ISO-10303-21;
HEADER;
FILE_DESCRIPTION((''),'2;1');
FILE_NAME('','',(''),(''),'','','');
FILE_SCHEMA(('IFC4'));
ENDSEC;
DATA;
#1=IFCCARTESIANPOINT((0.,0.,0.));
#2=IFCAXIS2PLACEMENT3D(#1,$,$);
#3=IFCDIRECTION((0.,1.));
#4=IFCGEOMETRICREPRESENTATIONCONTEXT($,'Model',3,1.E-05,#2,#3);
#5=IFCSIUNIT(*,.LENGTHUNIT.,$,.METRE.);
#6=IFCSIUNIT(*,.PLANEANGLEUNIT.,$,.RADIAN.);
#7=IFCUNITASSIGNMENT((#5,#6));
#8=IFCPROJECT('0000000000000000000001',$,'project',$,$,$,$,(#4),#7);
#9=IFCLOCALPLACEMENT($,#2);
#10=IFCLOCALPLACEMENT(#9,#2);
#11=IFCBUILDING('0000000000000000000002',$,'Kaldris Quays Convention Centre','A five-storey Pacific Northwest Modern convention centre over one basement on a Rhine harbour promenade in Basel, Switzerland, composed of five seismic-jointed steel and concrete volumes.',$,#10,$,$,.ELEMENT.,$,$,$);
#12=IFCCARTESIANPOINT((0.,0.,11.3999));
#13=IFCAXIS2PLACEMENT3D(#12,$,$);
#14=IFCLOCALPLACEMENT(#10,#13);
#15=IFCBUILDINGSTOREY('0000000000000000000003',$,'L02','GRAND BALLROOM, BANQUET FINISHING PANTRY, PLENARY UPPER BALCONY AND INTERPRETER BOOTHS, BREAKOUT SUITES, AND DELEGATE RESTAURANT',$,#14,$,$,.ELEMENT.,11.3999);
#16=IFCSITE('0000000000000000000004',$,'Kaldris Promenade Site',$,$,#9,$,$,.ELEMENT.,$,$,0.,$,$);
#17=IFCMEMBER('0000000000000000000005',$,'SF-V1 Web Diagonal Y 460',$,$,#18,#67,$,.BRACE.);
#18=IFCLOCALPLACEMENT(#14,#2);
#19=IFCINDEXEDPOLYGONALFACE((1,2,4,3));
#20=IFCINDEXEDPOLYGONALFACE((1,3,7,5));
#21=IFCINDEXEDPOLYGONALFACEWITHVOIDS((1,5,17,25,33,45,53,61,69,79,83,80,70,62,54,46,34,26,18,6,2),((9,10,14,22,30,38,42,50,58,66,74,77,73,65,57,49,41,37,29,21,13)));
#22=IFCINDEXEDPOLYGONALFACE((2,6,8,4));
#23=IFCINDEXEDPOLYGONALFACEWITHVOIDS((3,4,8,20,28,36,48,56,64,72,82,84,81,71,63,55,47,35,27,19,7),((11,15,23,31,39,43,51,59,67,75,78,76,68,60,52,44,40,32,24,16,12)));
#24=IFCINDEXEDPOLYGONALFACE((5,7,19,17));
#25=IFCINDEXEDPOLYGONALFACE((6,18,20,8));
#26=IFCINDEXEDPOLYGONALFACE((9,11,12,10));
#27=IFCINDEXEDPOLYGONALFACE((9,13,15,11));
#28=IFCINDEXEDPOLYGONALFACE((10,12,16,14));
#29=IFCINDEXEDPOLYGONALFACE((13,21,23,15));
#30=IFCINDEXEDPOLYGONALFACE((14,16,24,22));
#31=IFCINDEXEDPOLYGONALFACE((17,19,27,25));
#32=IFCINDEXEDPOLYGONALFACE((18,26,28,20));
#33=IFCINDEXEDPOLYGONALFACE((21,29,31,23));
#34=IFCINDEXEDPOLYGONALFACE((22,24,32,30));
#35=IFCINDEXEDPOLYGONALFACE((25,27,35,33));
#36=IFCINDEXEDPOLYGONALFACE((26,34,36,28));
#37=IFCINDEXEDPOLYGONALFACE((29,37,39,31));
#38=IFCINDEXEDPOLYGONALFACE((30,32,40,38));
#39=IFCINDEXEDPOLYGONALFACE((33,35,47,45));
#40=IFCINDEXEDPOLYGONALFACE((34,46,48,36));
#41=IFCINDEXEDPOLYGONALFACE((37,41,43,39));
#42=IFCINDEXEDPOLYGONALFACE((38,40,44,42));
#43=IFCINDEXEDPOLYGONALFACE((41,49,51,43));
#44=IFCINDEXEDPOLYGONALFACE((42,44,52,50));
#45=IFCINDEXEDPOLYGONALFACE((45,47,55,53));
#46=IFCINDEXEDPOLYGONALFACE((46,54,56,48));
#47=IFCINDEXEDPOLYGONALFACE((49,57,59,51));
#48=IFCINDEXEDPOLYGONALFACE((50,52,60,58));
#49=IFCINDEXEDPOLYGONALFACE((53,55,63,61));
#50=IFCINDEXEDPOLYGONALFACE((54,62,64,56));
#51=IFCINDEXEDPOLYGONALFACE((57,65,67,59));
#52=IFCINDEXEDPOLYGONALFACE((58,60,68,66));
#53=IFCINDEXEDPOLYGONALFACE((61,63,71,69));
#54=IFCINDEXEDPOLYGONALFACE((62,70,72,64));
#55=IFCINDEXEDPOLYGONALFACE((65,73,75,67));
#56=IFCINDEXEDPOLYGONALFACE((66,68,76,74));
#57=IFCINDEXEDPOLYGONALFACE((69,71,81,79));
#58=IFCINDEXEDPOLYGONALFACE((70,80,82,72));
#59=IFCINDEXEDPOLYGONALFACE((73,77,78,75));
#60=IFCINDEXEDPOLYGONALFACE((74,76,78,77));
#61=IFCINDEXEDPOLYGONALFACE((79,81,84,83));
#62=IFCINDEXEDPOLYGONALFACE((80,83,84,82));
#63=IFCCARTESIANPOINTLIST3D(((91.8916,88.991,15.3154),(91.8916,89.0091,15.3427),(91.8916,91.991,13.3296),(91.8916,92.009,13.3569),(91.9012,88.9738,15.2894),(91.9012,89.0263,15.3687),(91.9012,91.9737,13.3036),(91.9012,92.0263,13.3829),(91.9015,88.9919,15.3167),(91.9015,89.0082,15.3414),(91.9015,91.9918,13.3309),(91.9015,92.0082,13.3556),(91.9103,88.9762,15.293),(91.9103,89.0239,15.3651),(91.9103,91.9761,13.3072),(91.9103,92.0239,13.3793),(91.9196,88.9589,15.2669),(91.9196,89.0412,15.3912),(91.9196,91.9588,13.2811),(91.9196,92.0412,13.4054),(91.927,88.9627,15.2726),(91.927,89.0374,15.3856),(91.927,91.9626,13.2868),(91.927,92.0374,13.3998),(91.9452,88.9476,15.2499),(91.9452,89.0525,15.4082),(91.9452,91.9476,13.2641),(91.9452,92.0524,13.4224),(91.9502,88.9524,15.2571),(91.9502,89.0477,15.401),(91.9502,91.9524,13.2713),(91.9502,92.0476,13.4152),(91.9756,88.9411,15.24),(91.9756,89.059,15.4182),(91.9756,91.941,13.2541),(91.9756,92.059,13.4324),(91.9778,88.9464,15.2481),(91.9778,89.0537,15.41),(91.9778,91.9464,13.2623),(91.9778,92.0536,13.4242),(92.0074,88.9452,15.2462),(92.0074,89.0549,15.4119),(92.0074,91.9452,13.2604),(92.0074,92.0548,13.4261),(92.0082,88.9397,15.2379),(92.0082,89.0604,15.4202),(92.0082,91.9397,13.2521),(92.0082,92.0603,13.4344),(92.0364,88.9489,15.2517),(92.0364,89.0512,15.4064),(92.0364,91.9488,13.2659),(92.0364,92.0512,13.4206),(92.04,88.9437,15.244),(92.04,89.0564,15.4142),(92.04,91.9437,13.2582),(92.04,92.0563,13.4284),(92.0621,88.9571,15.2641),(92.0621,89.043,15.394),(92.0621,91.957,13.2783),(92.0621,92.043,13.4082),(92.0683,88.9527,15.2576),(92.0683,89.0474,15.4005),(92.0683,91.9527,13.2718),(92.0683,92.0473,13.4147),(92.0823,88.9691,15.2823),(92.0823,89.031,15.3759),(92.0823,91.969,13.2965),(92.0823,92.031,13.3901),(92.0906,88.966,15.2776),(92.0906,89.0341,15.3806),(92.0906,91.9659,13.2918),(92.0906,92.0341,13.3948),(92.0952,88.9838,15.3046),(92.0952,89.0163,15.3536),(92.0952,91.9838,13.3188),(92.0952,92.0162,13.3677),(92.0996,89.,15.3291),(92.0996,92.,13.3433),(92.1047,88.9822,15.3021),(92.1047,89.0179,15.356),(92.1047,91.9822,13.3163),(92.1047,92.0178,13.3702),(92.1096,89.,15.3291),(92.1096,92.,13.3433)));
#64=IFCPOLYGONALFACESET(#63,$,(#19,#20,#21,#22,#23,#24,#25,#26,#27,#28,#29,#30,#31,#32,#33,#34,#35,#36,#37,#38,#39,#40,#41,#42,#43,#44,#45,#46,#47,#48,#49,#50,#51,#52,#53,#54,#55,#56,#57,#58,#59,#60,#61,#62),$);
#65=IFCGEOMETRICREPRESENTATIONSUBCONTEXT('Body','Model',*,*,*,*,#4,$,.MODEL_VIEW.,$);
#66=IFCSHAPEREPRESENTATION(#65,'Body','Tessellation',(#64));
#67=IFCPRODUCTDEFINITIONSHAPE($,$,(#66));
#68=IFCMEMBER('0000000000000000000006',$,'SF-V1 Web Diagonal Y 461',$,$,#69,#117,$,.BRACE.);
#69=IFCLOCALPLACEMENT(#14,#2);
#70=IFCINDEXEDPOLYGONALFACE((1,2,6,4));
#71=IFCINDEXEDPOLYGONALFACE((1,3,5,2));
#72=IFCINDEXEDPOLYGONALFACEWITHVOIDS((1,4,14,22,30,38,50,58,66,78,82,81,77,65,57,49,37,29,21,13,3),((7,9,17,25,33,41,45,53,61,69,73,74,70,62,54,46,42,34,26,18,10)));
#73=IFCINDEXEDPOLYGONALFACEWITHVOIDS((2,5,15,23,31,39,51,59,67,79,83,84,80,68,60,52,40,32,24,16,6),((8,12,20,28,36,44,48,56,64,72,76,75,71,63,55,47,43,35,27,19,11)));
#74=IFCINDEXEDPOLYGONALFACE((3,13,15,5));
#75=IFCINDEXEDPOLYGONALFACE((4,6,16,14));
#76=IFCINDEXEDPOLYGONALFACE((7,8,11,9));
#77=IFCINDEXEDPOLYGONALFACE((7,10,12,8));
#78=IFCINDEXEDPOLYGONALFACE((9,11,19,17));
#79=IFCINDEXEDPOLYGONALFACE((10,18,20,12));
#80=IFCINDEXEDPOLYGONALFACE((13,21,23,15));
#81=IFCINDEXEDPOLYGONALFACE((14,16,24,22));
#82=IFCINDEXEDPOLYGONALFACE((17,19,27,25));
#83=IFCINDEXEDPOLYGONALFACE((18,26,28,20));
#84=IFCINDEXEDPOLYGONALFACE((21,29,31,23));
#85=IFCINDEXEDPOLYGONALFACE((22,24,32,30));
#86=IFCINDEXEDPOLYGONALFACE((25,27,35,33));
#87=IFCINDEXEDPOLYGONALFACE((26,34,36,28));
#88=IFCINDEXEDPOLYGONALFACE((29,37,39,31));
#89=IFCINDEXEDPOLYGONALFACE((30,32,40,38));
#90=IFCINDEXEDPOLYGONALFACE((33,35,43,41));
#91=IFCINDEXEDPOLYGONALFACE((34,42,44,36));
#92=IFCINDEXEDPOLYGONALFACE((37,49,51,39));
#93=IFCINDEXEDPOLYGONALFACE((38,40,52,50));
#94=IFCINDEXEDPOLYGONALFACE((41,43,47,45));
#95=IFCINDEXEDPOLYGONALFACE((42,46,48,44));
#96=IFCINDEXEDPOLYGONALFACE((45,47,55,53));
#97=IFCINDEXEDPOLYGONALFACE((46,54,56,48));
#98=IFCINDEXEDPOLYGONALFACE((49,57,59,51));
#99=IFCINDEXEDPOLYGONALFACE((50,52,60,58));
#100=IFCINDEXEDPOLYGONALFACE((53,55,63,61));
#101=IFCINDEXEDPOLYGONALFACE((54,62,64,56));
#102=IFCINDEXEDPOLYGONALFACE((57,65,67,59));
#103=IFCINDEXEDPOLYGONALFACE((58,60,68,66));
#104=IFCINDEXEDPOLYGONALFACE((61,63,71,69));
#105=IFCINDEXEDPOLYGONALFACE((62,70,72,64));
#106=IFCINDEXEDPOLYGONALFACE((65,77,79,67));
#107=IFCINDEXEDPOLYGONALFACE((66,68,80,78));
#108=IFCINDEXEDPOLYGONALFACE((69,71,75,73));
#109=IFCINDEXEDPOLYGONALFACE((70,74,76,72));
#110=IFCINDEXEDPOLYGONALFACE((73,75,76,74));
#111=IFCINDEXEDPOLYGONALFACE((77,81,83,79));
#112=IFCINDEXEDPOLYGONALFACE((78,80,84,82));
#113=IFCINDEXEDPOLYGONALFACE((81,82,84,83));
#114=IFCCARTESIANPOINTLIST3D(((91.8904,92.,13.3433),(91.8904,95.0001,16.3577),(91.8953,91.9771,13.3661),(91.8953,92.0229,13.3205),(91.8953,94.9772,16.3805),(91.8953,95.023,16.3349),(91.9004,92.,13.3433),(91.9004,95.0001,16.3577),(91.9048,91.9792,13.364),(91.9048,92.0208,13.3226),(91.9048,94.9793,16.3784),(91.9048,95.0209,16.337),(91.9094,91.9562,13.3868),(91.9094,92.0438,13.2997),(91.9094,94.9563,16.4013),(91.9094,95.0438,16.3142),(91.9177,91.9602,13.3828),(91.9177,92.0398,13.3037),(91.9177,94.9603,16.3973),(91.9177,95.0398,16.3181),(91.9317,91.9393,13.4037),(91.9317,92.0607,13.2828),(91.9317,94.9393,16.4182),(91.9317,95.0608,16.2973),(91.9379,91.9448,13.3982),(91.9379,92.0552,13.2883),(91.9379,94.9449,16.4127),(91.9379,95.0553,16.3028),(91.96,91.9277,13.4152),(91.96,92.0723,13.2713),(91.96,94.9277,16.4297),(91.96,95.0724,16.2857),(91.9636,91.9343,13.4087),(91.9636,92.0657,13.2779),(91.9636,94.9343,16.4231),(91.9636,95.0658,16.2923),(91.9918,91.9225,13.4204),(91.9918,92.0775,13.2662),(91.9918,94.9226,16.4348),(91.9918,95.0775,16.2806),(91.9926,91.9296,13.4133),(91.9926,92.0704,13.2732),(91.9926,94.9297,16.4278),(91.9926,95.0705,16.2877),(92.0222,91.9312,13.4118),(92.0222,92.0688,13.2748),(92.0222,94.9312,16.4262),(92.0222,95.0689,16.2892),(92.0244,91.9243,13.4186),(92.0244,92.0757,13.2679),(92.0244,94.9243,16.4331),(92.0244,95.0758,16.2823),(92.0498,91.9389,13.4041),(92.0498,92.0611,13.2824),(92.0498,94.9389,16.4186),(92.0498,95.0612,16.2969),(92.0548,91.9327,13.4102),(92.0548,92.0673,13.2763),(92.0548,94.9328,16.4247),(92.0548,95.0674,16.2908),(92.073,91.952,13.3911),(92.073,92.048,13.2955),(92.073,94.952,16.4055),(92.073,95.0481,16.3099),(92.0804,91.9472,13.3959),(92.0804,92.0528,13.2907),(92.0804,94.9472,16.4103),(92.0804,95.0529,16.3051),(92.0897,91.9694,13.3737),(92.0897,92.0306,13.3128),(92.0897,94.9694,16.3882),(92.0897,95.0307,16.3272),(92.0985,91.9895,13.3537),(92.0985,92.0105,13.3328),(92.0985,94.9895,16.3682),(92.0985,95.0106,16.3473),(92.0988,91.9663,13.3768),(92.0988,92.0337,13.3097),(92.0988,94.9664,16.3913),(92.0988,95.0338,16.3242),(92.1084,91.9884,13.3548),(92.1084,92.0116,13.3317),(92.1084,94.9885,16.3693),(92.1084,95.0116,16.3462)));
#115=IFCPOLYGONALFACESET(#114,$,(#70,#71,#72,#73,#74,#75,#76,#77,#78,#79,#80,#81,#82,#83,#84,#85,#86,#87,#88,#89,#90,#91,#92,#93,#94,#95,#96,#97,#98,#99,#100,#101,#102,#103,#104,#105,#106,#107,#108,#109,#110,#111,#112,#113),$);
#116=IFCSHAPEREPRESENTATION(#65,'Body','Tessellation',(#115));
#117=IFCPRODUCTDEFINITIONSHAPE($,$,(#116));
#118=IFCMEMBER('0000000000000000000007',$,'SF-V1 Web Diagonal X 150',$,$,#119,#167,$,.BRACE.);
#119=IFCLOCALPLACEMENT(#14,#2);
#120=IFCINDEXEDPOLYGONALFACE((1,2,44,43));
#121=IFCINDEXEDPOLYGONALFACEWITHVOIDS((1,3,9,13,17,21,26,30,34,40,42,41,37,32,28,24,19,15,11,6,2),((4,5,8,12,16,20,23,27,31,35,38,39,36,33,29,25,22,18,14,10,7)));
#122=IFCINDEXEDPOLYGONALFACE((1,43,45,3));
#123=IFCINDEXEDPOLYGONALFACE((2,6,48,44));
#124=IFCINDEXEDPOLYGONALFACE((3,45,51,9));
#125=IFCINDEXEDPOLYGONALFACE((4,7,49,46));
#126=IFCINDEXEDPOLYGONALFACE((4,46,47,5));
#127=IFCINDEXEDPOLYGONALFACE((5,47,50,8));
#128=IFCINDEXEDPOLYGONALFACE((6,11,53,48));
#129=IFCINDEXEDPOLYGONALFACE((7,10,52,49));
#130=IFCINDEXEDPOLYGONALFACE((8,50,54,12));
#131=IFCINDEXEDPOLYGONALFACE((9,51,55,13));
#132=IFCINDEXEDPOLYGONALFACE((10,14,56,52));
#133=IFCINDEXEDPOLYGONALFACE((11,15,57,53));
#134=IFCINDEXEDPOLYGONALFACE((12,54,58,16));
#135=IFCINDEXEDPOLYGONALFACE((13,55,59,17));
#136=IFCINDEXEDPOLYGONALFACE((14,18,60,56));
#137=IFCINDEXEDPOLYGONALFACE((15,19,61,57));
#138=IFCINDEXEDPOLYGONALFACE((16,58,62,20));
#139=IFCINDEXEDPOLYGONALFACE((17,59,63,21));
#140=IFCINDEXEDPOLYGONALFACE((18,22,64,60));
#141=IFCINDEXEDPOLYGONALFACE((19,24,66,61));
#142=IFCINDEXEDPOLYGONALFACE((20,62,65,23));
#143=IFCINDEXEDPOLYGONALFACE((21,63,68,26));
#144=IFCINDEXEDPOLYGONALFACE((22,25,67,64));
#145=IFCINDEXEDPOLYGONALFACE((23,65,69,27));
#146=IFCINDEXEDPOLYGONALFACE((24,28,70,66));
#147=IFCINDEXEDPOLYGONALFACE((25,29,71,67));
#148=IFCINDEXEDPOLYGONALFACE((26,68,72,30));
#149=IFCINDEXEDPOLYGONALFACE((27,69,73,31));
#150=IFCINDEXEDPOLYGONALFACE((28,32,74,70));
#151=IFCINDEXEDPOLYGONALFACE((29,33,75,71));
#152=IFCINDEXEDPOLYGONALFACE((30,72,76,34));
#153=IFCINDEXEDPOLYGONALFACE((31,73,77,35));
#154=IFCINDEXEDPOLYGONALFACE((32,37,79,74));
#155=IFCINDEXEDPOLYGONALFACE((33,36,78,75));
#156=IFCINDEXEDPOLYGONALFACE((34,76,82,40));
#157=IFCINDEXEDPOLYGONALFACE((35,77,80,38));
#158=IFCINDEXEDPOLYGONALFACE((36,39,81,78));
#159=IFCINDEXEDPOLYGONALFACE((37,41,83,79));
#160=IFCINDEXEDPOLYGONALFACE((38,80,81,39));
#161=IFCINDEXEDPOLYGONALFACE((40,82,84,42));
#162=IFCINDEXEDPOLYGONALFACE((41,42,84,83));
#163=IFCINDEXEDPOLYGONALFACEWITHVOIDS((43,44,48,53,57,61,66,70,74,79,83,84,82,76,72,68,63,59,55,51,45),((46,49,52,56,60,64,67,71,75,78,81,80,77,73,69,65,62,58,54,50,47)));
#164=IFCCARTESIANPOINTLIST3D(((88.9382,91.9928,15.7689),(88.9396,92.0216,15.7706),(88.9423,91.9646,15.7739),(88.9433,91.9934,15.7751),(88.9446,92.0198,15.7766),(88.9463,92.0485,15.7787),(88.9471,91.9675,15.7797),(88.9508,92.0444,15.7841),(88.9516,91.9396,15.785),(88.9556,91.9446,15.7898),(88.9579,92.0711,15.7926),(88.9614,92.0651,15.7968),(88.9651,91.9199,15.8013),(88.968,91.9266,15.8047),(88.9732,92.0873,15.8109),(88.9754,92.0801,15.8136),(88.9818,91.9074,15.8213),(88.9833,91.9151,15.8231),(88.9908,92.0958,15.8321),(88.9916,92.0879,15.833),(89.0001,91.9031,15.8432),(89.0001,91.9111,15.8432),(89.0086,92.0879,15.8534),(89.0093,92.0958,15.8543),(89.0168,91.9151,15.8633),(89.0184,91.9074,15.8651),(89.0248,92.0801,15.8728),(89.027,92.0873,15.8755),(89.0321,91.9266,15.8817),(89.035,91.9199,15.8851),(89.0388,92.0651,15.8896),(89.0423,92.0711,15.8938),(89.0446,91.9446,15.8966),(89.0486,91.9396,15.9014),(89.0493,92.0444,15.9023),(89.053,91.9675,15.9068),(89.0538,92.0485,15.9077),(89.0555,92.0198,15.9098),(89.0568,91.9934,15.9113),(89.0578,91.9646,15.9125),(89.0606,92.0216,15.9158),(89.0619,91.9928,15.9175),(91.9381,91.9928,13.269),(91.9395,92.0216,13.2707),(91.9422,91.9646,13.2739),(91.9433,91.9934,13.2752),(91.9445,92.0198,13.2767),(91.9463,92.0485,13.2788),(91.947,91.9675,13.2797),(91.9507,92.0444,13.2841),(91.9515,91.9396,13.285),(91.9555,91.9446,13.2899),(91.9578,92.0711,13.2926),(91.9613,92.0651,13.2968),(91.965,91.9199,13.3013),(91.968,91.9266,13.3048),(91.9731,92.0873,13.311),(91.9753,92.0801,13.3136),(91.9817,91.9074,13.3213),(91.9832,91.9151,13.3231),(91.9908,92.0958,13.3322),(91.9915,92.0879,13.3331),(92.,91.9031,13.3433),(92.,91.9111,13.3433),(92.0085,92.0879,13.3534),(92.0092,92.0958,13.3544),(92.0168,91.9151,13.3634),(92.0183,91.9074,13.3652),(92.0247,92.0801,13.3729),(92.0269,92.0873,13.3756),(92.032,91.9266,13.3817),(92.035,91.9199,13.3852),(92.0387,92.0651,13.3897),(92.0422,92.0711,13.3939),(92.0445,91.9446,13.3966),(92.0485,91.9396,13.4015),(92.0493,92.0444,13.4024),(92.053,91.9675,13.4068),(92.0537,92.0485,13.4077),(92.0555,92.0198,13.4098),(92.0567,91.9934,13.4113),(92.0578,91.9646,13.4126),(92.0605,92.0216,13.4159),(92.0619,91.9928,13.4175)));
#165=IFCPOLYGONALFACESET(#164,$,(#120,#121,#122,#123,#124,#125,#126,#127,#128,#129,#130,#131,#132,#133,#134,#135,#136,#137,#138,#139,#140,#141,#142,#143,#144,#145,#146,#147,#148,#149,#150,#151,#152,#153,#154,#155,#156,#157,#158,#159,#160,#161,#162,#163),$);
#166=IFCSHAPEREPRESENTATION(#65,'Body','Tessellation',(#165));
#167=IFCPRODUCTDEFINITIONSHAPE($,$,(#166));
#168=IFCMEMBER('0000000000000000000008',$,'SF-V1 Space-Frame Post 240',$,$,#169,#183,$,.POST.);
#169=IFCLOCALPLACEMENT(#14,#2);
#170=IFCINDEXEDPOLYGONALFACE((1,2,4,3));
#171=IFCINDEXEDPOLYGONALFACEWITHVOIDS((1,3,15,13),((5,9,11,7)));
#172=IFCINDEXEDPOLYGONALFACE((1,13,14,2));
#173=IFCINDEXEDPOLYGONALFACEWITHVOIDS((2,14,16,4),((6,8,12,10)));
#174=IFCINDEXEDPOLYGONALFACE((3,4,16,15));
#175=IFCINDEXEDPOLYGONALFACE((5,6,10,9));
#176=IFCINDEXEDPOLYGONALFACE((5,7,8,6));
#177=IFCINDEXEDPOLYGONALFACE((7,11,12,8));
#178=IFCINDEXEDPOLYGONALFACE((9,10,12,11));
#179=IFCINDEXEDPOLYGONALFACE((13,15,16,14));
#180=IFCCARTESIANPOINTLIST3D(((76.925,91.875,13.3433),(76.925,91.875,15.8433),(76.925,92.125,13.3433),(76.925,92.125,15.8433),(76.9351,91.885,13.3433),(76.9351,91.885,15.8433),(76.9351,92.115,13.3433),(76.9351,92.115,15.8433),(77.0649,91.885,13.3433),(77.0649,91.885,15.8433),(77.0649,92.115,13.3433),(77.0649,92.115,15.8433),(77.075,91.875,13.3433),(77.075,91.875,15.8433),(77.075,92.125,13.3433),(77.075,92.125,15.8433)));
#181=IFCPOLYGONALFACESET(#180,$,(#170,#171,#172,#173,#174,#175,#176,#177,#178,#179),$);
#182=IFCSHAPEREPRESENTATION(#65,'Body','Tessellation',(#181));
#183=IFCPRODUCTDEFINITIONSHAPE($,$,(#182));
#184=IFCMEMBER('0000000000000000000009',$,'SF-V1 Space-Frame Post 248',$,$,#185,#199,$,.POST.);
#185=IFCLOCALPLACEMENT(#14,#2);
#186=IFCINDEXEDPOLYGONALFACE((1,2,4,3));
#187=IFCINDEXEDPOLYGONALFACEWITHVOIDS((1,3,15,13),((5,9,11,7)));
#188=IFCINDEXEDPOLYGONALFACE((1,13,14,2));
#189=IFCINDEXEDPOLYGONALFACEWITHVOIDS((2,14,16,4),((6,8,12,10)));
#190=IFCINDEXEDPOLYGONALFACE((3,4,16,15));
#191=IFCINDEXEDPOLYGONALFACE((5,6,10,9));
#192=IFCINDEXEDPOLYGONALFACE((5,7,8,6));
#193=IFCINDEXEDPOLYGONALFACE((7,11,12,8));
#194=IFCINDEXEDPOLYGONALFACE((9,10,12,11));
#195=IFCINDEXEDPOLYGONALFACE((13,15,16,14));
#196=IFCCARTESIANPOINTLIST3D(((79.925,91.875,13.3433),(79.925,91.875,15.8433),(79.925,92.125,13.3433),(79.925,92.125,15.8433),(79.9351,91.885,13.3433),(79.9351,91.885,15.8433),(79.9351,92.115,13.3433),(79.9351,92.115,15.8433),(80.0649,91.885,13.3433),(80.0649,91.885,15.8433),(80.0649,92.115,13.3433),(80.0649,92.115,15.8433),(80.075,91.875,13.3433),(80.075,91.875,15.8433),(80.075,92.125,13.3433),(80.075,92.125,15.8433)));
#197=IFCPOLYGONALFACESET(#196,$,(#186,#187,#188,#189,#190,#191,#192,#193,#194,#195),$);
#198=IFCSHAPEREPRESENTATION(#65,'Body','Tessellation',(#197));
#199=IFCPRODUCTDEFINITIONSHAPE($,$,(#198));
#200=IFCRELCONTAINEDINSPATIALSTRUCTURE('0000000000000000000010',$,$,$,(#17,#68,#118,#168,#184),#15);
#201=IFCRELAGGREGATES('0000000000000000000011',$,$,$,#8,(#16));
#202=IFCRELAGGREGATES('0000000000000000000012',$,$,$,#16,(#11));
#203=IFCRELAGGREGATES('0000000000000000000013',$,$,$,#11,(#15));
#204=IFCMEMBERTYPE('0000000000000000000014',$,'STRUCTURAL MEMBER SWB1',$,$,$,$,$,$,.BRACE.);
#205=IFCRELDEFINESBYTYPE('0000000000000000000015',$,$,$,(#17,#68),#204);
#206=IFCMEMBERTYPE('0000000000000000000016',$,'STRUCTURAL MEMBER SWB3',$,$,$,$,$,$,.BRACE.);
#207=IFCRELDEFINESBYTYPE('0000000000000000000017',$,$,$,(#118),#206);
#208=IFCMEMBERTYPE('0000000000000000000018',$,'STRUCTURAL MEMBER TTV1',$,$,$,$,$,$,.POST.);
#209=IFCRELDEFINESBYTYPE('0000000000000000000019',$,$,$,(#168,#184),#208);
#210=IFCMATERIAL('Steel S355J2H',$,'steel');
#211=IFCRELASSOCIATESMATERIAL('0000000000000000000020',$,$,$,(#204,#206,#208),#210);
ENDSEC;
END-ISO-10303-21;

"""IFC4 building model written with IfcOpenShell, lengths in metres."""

from ifc_helpers import new_model, si_unit, direction, frame, origin, origin_2d, place, context, subcontext, project, spatial, hollow_rectangle, hollow_circle, extrude, material, material_profile, profile_set, type_object, element, save


model = new_model("IFC4")

# Units and contexts
model_context = context("Model", 3, precision=1e-05, world=origin(), true_north=direction((0.0, 1.0)))
body_context = subcontext(model_context, "Body", "Model", "MODEL_VIEW")
ifc_project = project(units=[si_unit("LENGTHUNIT", "METRE"), si_unit("PLANEANGLEUNIT", "RADIAN")], contexts=[model_context])

# Site, building, storey
site_placement = place(None, origin())
site = spatial("IfcSite", under=ifc_project, at=site_placement, Name="Kaldris Promenade Site", CompositionType="ELEMENT", RefElevation=0.0)
building_placement = place(site_placement, origin())
building = spatial("IfcBuilding", under=site, at=building_placement, Name="Kaldris Quays Convention Centre", Description="A five-storey Pacific Northwest Modern convention centre over one basement on a Rhine harbour promenade in Basel, Switzerland, composed of five seismic-jointed steel and concrete volumes.", CompositionType="ELEMENT")
storey_placement = place(building_placement, frame((0.0, 0.0, 11.3999)))
storey = spatial("IfcBuildingStorey", under=building, at=storey_placement, Name="L02", Description="GRAND BALLROOM, BANQUET FINISHING PANTRY, PLENARY UPPER BALCONY AND INTERPRETER BOOTHS, BREAKOUT SUITES, AND DELEGATE RESTAURANT", CompositionType="ELEMENT", Elevation=11.3999)

# Members
ifc_material_1 = material(Name="Steel S355J2H", Category="steel")
ifc_material_profile_1 = material_profile(ifc_material_1, hollow_circle(Radius=0.1096, WallThickness=0.01, at=origin_2d()), Name="CHS 219.1x10")
ifc_profile_set_1 = profile_set([ifc_material_profile_1], Name="Steel S355J2H")
member_type_1 = type_object("IfcMemberType", Name="STRUCTURAL MEMBER SWB1", PredefinedType="BRACE", material=ifc_profile_set_1)
member_1_placement = place(storey_placement, frame((92.0, 92.0, 13.3433), z_axis=(0.0, -0.833862, 0.551972), x_axis=(1.0, 0.0, 0.0)))
element("IfcMember", 1, at=member_1_placement, inside=storey, type_object=member_type_1, Name="SF-V1 Web Diagonal Y 460", PredefinedType="BRACE", context=body_context, shape_type="SweptSolid", body=[
    extrude(hollow_circle(Radius=0.1096, WallThickness=0.01, at=origin_2d()), origin(), (0.0, 0.0, 1.0), 3.5977),
])
member_2_placement = place(storey_placement, frame((92.0, 92.0, 13.3433), z_axis=(0.0, 0.705411, 0.708798), x_axis=(-1.0, 0.0, 0.0)))
element("IfcMember", 2, at=member_2_placement, inside=storey, type_object=member_type_1, Name="SF-V1 Web Diagonal Y 461", PredefinedType="BRACE", context=body_context, shape_type="SweptSolid", body=[
    extrude(hollow_circle(Radius=0.1096, WallThickness=0.01, at=origin_2d()), origin(), (0.0, 0.0, 1.0), 4.2529),
])
ifc_material_profile_2 = material_profile(ifc_material_1, hollow_circle(Radius=0.0969, WallThickness=0.0081, at=origin_2d()), Name="CHS 193.7x8")
ifc_profile_set_2 = profile_set([ifc_material_profile_2], Name="Steel S355J2H")
member_type_2 = type_object("IfcMemberType", Name="STRUCTURAL MEMBER SWB3", PredefinedType="BRACE", material=ifc_profile_set_2)
member_3_placement = place(storey_placement, frame((92.0, 92.0, 13.3433), z_axis=(-0.768221, 0.0, 0.640184), x_axis=(0.0, -1.0, 0.0)))
element("IfcMember", 3, at=member_3_placement, inside=storey, type_object=member_type_2, Name="SF-V1 Web Diagonal X 150", PredefinedType="BRACE", context=body_context, shape_type="SweptSolid", body=[
    extrude(hollow_circle(Radius=0.0969, WallThickness=0.0081, at=origin_2d()), origin(), (0.0, 0.0, 1.0), 3.905),
])
ifc_material_profile_3 = material_profile(ifc_material_1, hollow_rectangle(XDim=0.1499, YDim=0.25, WallThickness=0.01, at=origin_2d()), Name="RHS 250x150x10")
ifc_profile_set_3 = profile_set([ifc_material_profile_3], Name="Steel S355J2H")
member_type_3 = type_object("IfcMemberType", Name="STRUCTURAL MEMBER TTV1", PredefinedType="POST", material=ifc_profile_set_3)
for number, where, z_axis, x_axis, name in (
    (4, (77.0, 92.0, 13.3433), (0.0, 0.0, 1.0), (1.0, 0.0, 0.0), "SF-V1 Space-Frame Post 240"),
    (5, (80.0, 92.0, 13.3433), (0.0, 0.0, 1.0), (1.0, 0.0, 0.0), "SF-V1 Space-Frame Post 248"),
):
    element("IfcMember", number, at=place(storey_placement, frame(where, z_axis=z_axis, x_axis=x_axis)), inside=storey, type_object=member_type_3, Name=name, PredefinedType="POST", context=body_context, shape_type="SweptSolid", body=[
        extrude(hollow_rectangle(XDim=0.1499, YDim=0.25, WallThickness=0.01, at=origin_2d()), origin(), (0.0, 0.0, 1.0), 2.5),
    ])

save(model, "model.ifc")
